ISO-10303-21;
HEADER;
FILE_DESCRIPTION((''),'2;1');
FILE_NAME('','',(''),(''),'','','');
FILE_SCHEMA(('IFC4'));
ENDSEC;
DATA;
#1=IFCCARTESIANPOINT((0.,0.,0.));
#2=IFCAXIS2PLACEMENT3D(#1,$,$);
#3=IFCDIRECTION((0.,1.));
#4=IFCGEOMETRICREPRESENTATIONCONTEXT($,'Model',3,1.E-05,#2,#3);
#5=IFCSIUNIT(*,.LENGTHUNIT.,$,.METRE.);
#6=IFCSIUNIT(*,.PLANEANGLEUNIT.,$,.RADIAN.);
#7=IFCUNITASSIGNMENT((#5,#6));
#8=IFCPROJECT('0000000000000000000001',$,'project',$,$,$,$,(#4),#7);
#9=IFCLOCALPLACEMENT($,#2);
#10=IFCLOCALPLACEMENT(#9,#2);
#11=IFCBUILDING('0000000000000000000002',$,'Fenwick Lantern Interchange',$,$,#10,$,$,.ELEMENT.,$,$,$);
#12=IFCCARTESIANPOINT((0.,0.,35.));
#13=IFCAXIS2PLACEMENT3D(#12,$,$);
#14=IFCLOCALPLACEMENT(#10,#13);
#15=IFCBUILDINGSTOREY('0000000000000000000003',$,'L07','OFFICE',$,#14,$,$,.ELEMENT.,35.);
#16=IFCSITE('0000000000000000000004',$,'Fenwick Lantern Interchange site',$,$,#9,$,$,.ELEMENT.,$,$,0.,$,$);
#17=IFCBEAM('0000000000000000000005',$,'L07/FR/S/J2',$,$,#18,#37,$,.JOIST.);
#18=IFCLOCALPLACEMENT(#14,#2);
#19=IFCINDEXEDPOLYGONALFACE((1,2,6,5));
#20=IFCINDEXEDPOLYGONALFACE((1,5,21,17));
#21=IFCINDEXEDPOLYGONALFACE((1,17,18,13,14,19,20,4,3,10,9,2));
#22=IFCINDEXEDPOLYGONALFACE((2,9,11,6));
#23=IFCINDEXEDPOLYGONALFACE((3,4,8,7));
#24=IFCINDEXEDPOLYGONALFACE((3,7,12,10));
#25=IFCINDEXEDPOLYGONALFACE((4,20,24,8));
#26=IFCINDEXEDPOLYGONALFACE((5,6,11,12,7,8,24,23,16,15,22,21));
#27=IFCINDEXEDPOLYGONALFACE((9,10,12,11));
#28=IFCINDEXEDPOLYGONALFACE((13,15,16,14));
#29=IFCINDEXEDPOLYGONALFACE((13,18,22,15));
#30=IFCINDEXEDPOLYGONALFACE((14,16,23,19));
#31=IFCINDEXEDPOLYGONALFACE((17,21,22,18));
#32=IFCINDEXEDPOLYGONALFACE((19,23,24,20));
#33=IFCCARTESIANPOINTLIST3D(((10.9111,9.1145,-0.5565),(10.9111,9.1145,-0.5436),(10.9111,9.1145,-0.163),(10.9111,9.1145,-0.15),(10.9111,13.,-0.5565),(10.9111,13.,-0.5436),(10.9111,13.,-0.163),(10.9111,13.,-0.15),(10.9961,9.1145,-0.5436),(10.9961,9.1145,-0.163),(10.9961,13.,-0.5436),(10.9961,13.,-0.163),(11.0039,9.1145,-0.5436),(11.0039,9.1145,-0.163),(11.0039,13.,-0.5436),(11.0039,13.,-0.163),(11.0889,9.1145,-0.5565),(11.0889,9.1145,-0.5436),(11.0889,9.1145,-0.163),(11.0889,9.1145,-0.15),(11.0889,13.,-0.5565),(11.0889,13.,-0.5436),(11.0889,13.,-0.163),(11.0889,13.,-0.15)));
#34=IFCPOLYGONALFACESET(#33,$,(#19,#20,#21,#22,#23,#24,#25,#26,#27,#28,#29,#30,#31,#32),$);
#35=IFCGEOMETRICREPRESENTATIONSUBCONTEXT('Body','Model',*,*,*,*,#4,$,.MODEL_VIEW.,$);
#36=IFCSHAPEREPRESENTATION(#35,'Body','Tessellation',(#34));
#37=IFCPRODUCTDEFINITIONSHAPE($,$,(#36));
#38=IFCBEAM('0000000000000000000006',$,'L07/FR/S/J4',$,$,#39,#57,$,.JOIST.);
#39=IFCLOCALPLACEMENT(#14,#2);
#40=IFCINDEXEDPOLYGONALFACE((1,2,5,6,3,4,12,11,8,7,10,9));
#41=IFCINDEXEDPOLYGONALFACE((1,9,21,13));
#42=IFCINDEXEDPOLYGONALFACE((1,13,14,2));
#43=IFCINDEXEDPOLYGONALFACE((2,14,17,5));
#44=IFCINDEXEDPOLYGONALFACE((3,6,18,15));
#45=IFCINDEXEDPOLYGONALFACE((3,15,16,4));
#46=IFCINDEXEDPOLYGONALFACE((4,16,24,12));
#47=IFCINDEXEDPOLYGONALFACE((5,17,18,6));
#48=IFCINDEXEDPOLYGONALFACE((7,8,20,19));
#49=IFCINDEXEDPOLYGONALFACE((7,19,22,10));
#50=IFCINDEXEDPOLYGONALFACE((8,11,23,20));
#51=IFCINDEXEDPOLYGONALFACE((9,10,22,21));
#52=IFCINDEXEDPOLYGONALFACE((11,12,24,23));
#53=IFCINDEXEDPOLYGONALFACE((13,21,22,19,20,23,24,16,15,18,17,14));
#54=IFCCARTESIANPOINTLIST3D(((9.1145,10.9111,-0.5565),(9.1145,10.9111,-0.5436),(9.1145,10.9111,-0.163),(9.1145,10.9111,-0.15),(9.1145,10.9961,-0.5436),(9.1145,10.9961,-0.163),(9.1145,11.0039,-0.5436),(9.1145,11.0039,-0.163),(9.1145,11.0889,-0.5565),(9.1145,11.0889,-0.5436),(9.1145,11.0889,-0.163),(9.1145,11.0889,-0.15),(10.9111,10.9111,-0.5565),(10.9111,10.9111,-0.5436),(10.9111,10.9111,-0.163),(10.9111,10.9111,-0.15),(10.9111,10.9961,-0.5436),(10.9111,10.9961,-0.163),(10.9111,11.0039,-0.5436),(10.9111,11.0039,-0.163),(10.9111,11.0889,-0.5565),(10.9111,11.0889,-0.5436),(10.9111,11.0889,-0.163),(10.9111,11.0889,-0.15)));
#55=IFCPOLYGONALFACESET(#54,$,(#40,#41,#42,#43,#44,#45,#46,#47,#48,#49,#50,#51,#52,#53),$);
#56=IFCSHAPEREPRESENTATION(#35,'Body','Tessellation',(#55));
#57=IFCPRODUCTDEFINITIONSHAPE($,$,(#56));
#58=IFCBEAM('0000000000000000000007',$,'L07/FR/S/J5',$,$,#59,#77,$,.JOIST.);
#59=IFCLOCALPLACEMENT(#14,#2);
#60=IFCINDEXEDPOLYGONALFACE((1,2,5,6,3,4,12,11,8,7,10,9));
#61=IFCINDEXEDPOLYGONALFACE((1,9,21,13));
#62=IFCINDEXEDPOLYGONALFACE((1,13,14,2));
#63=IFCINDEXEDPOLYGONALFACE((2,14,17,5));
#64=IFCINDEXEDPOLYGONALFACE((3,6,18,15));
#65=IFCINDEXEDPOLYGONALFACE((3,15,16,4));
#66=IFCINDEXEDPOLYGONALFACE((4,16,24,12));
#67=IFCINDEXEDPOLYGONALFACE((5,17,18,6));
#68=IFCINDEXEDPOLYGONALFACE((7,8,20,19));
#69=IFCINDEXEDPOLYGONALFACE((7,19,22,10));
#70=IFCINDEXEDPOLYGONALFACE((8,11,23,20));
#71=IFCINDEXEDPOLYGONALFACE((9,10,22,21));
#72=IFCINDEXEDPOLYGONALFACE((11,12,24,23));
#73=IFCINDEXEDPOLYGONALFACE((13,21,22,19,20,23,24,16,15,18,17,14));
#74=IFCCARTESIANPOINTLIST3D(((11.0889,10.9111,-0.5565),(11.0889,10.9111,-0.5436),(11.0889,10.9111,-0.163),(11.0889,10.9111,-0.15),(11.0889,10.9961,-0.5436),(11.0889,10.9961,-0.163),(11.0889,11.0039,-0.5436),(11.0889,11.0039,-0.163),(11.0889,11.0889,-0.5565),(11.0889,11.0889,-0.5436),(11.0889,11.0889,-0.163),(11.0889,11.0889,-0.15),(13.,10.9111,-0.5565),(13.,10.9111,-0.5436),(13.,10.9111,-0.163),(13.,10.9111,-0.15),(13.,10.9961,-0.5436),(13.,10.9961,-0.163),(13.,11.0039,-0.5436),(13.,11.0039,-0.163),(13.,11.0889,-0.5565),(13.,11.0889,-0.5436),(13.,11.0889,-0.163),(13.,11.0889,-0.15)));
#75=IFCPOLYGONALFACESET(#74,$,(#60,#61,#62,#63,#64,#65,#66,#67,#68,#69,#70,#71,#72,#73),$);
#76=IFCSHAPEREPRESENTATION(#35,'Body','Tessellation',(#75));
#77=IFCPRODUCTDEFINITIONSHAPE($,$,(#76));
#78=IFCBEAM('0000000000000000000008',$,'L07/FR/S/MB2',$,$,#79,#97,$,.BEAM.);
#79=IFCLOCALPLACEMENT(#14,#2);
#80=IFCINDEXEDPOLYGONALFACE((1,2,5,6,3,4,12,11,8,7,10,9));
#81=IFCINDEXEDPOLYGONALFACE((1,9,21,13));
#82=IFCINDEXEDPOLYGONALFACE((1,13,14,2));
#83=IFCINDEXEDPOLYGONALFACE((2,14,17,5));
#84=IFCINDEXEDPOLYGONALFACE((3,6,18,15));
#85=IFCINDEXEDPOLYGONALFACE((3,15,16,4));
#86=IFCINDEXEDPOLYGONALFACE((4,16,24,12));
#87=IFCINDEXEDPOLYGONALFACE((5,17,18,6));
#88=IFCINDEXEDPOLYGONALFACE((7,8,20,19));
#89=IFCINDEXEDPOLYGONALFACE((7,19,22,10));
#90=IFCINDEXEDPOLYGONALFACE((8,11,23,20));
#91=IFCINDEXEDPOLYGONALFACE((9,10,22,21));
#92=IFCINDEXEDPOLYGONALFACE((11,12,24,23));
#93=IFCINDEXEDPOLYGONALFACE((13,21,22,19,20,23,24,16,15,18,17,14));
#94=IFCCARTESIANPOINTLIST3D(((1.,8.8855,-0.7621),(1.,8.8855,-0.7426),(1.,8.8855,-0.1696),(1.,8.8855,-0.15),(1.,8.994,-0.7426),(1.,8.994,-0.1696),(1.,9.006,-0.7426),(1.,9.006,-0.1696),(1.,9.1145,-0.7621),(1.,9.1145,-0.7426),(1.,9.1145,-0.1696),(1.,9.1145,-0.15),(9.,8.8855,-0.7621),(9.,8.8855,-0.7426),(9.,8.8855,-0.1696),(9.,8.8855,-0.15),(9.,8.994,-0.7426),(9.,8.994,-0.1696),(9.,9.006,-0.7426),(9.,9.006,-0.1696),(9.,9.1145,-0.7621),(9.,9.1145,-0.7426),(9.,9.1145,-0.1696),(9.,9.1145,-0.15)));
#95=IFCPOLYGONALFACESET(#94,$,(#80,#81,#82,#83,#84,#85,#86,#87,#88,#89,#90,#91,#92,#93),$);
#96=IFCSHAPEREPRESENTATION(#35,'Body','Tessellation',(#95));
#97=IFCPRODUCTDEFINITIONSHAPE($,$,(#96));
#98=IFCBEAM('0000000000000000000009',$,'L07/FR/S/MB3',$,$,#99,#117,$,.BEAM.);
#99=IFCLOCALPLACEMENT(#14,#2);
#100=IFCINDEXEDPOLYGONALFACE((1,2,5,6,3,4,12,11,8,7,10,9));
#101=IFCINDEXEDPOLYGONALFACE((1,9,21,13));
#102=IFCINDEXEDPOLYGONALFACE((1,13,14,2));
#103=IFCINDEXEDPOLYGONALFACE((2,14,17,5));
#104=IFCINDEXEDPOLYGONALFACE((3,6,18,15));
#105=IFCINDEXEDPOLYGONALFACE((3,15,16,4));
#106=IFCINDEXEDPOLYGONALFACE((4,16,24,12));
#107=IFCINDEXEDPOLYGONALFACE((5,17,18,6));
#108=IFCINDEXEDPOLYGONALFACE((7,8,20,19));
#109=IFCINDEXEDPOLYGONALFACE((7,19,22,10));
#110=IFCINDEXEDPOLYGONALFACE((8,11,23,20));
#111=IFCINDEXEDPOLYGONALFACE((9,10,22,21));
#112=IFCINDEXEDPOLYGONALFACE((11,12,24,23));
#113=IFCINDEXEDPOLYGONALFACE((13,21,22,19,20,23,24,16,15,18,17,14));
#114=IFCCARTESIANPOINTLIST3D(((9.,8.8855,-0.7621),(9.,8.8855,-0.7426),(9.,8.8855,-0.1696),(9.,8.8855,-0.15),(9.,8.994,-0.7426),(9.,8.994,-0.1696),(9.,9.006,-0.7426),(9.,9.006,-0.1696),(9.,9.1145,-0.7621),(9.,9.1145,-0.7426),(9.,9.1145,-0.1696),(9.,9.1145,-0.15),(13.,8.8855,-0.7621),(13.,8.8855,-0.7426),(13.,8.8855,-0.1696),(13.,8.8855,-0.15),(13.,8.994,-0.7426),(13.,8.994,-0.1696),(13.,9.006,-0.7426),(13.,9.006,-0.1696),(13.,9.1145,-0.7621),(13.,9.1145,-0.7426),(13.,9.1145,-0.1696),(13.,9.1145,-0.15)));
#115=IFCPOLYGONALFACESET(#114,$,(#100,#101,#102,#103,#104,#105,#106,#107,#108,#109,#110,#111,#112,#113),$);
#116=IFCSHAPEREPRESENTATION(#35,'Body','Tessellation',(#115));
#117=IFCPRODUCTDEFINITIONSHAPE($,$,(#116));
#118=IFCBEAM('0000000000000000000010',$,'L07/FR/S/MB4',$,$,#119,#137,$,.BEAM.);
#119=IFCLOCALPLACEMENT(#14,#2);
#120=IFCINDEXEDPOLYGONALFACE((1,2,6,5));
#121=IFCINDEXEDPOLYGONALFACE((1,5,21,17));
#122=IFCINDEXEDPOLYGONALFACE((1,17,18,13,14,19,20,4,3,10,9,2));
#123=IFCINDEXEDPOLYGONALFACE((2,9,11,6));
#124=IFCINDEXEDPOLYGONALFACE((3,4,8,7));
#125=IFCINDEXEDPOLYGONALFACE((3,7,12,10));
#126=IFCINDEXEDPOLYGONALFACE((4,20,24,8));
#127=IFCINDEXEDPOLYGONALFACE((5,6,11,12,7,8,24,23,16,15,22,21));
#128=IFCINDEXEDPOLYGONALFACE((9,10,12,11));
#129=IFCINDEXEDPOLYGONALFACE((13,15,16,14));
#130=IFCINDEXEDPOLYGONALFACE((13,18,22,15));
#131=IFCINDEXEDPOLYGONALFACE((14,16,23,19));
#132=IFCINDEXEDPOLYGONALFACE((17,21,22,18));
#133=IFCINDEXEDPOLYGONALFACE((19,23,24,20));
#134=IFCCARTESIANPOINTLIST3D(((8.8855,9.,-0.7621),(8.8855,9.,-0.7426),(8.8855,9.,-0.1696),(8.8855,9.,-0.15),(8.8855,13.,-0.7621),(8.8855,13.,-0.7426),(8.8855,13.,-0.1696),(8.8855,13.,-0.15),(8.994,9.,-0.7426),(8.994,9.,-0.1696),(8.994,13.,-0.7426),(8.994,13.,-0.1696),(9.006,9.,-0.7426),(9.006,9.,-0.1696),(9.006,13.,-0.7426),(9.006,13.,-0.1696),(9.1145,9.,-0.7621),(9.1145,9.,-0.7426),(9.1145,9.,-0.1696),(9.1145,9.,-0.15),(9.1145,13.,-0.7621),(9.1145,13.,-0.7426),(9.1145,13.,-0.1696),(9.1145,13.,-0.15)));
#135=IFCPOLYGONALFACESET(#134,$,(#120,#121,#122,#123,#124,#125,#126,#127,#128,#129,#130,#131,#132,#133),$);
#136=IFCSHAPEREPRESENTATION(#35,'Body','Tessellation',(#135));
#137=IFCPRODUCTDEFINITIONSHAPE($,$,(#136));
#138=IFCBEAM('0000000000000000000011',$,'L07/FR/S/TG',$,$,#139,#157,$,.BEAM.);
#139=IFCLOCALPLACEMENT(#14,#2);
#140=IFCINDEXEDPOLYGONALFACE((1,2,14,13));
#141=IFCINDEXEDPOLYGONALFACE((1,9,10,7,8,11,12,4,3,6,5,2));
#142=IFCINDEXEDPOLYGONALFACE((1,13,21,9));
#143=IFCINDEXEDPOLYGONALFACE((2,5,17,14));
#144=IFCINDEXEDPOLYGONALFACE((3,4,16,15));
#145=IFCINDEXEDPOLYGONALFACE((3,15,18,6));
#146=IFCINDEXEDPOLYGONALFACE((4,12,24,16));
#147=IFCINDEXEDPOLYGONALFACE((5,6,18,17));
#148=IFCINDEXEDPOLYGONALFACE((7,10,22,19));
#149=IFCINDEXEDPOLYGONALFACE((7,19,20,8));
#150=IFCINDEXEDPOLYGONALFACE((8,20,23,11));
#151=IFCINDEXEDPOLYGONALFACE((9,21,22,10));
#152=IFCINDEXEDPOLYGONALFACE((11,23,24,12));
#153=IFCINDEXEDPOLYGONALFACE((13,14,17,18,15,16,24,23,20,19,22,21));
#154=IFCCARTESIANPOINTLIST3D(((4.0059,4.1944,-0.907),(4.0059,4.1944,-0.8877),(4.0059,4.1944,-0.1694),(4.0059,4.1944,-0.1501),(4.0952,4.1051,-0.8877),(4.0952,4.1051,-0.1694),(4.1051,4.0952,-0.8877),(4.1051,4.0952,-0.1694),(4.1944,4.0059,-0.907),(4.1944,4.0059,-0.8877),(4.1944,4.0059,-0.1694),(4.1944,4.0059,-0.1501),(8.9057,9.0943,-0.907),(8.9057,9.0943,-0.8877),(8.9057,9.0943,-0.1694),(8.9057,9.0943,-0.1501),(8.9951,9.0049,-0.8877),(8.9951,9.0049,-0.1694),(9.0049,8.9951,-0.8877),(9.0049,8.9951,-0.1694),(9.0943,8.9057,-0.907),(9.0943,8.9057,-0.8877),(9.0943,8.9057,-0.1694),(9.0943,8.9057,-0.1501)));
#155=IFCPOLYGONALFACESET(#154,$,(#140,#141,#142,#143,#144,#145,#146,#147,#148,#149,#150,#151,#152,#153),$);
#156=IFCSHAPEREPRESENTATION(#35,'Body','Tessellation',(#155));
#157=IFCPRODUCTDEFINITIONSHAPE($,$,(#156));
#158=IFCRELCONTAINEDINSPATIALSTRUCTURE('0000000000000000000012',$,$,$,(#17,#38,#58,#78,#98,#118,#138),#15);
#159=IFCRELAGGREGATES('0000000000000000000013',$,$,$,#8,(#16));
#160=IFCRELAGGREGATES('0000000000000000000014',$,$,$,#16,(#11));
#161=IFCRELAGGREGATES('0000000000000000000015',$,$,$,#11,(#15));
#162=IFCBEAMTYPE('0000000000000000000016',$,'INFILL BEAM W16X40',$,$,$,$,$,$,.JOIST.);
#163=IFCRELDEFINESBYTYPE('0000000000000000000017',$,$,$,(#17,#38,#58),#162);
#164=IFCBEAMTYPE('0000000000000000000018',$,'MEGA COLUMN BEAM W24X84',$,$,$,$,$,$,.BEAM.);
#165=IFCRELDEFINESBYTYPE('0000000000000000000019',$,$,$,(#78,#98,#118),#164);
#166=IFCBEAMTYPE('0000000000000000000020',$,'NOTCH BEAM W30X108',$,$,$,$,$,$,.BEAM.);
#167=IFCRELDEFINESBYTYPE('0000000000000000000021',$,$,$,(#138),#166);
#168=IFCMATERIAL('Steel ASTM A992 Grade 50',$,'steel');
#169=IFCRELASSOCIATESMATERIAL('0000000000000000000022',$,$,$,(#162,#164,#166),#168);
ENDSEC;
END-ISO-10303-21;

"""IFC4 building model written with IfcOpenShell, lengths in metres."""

from ifc_helpers import new_model, si_unit, direction, frame, origin, origin_2d, place, context, subcontext, project, spatial, i_section, extrude, material, material_profile, profile_set, type_object, element, save


model = new_model("IFC4")

# Units and contexts
model_context = context("Model", 3, precision=1e-05, world=origin(), true_north=direction((0.0, 1.0)))
body_context = subcontext(model_context, "Body", "Model", "MODEL_VIEW")
ifc_project = project(units=[si_unit("LENGTHUNIT", "METRE"), si_unit("PLANEANGLEUNIT", "RADIAN")], contexts=[model_context])

# Site, building, storey
site_placement = place(None, origin())
site = spatial("IfcSite", under=ifc_project, at=site_placement, Name="Fenwick Lantern Interchange site", CompositionType="ELEMENT", RefElevation=0.0)
building_placement = place(site_placement, origin())
building = spatial("IfcBuilding", under=site, at=building_placement, Name="Fenwick Lantern Interchange", CompositionType="ELEMENT")
storey_placement = place(building_placement, frame((0.0, 0.0, 35.0)))
storey = spatial("IfcBuildingStorey", under=building, at=storey_placement, Name="L07", Description="OFFICE", CompositionType="ELEMENT", Elevation=35.0)

# Beams
ifc_material_1 = material(Name="Steel ASTM A992 Grade 50", Category="steel")
ifc_material_profile_1 = material_profile(ifc_material_1, i_section(OverallWidth=0.1777, OverallDepth=0.4065, WebThickness=0.0078, FlangeThickness=0.0129, at=origin_2d()), Name="W16X40")
ifc_profile_set_1 = profile_set([ifc_material_profile_1], Name="Steel ASTM A992 Grade 50")
beam_type_1 = type_object("IfcBeamType", Name="INFILL BEAM W16X40", PredefinedType="JOIST", material=ifc_profile_set_1)
beam_1_placement = place(storey_placement, frame((11.0, 9.1145, -0.3533), z_axis=(0.0, 1.0, 0.0), x_axis=(-1.0, 0.0, 0.0)))
element("IfcBeam", 1, at=beam_1_placement, inside=storey, type_object=beam_type_1, Name="L07/FR/S/J2", PredefinedType="JOIST", context=body_context, shape_type="SweptSolid", body=[
    extrude(i_section(OverallWidth=0.1777, OverallDepth=0.4065, WebThickness=0.0078, FlangeThickness=0.0129, at=origin_2d()), origin(), (0.0, 0.0, 1.0), 3.8855),
])
beam_2_placement = place(storey_placement, frame((9.1145, 11.0, -0.3533), z_axis=(1.0, 0.0, 0.0), x_axis=(0.0, 1.0, 0.0)))
element("IfcBeam", 2, at=beam_2_placement, inside=storey, type_object=beam_type_1, Name="L07/FR/S/J4", PredefinedType="JOIST", context=body_context, shape_type="SweptSolid", body=[
    extrude(i_section(OverallWidth=0.1777, OverallDepth=0.4065, WebThickness=0.0078, FlangeThickness=0.0129, at=origin_2d()), origin(), (0.0, 0.0, 1.0), 1.7966),
])
beam_3_placement = place(storey_placement, frame((11.0889, 11.0, -0.3533), z_axis=(1.0, 0.0, 0.0), x_axis=(0.0, 1.0, 0.0)))
element("IfcBeam", 3, at=beam_3_placement, inside=storey, type_object=beam_type_1, Name="L07/FR/S/J5", PredefinedType="JOIST", context=body_context, shape_type="SweptSolid", body=[
    extrude(i_section(OverallWidth=0.1777, OverallDepth=0.4065, WebThickness=0.0078, FlangeThickness=0.0129, at=origin_2d()), origin(), (0.0, 0.0, 1.0), 1.9111),
])
ifc_material_profile_2 = material_profile(ifc_material_1, i_section(OverallWidth=0.229, OverallDepth=0.6121, WebThickness=0.012, FlangeThickness=0.0195, at=origin_2d()), Name="W24X84")
ifc_profile_set_2 = profile_set([ifc_material_profile_2], Name="Steel ASTM A992 Grade 50")
beam_type_2 = type_object("IfcBeamType", Name="MEGA COLUMN BEAM W24X84", PredefinedType="BEAM", material=ifc_profile_set_2)
beam_4_placement = place(storey_placement, frame((9.0, 9.0, -0.4561), z_axis=(-1.0, 0.0, 0.0), x_axis=(0.0, -1.0, 0.0)))
element("IfcBeam", 4, at=beam_4_placement, inside=storey, type_object=beam_type_2, Name="L07/FR/S/MB2", PredefinedType="BEAM", context=body_context, shape_type="SweptSolid", body=[
    extrude(i_section(OverallWidth=0.229, OverallDepth=0.6121, WebThickness=0.012, FlangeThickness=0.0195, at=origin_2d()), origin(), (0.0, 0.0, 1.0), 8.0),
])
for number, where, z_axis, x_axis, name in (
    (5, (9.0, 9.0, -0.4561), (1.0, 0.0, 0.0), (0.0, 1.0, 0.0), "L07/FR/S/MB3"),
    (6, (9.0, 9.0, -0.4561), (0.0, 1.0, 0.0), (-1.0, 0.0, 0.0), "L07/FR/S/MB4"),
):
    element("IfcBeam", number, at=place(storey_placement, frame(where, z_axis=z_axis, x_axis=x_axis)), inside=storey, type_object=beam_type_2, Name=name, PredefinedType="BEAM", context=body_context, shape_type="SweptSolid", body=[
        extrude(i_section(OverallWidth=0.229, OverallDepth=0.6121, WebThickness=0.012, FlangeThickness=0.0195, at=origin_2d()), origin(), (0.0, 0.0, 1.0), 4.0),
    ])
ifc_material_profile_3 = material_profile(ifc_material_1, i_section(OverallWidth=0.2666, OverallDepth=0.7568, WebThickness=0.0139, FlangeThickness=0.0193, at=origin_2d()), Name="W30X108")
ifc_profile_set_3 = profile_set([ifc_material_profile_3], Name="Steel ASTM A992 Grade 50")
beam_type_3 = type_object("IfcBeamType", Name="NOTCH BEAM W30X108", PredefinedType="BEAM", material=ifc_profile_set_3)
beam_5_placement = place(storey_placement, frame((9.0, 9.0, -0.5286), z_axis=(-0.707107, -0.707107, 0.0), x_axis=(0.707107, -0.707107, 0.0)))
element("IfcBeam", 7, at=beam_5_placement, inside=storey, type_object=beam_type_3, Name="L07/FR/S/TG", PredefinedType="BEAM", context=body_context, shape_type="SweptSolid", body=[
    extrude(i_section(OverallWidth=0.2666, OverallDepth=0.7568, WebThickness=0.0139, FlangeThickness=0.0193, at=origin_2d()), origin(), (0.0, 0.0, 1.0), 6.9294),
])

save(model, "model.ifc")
